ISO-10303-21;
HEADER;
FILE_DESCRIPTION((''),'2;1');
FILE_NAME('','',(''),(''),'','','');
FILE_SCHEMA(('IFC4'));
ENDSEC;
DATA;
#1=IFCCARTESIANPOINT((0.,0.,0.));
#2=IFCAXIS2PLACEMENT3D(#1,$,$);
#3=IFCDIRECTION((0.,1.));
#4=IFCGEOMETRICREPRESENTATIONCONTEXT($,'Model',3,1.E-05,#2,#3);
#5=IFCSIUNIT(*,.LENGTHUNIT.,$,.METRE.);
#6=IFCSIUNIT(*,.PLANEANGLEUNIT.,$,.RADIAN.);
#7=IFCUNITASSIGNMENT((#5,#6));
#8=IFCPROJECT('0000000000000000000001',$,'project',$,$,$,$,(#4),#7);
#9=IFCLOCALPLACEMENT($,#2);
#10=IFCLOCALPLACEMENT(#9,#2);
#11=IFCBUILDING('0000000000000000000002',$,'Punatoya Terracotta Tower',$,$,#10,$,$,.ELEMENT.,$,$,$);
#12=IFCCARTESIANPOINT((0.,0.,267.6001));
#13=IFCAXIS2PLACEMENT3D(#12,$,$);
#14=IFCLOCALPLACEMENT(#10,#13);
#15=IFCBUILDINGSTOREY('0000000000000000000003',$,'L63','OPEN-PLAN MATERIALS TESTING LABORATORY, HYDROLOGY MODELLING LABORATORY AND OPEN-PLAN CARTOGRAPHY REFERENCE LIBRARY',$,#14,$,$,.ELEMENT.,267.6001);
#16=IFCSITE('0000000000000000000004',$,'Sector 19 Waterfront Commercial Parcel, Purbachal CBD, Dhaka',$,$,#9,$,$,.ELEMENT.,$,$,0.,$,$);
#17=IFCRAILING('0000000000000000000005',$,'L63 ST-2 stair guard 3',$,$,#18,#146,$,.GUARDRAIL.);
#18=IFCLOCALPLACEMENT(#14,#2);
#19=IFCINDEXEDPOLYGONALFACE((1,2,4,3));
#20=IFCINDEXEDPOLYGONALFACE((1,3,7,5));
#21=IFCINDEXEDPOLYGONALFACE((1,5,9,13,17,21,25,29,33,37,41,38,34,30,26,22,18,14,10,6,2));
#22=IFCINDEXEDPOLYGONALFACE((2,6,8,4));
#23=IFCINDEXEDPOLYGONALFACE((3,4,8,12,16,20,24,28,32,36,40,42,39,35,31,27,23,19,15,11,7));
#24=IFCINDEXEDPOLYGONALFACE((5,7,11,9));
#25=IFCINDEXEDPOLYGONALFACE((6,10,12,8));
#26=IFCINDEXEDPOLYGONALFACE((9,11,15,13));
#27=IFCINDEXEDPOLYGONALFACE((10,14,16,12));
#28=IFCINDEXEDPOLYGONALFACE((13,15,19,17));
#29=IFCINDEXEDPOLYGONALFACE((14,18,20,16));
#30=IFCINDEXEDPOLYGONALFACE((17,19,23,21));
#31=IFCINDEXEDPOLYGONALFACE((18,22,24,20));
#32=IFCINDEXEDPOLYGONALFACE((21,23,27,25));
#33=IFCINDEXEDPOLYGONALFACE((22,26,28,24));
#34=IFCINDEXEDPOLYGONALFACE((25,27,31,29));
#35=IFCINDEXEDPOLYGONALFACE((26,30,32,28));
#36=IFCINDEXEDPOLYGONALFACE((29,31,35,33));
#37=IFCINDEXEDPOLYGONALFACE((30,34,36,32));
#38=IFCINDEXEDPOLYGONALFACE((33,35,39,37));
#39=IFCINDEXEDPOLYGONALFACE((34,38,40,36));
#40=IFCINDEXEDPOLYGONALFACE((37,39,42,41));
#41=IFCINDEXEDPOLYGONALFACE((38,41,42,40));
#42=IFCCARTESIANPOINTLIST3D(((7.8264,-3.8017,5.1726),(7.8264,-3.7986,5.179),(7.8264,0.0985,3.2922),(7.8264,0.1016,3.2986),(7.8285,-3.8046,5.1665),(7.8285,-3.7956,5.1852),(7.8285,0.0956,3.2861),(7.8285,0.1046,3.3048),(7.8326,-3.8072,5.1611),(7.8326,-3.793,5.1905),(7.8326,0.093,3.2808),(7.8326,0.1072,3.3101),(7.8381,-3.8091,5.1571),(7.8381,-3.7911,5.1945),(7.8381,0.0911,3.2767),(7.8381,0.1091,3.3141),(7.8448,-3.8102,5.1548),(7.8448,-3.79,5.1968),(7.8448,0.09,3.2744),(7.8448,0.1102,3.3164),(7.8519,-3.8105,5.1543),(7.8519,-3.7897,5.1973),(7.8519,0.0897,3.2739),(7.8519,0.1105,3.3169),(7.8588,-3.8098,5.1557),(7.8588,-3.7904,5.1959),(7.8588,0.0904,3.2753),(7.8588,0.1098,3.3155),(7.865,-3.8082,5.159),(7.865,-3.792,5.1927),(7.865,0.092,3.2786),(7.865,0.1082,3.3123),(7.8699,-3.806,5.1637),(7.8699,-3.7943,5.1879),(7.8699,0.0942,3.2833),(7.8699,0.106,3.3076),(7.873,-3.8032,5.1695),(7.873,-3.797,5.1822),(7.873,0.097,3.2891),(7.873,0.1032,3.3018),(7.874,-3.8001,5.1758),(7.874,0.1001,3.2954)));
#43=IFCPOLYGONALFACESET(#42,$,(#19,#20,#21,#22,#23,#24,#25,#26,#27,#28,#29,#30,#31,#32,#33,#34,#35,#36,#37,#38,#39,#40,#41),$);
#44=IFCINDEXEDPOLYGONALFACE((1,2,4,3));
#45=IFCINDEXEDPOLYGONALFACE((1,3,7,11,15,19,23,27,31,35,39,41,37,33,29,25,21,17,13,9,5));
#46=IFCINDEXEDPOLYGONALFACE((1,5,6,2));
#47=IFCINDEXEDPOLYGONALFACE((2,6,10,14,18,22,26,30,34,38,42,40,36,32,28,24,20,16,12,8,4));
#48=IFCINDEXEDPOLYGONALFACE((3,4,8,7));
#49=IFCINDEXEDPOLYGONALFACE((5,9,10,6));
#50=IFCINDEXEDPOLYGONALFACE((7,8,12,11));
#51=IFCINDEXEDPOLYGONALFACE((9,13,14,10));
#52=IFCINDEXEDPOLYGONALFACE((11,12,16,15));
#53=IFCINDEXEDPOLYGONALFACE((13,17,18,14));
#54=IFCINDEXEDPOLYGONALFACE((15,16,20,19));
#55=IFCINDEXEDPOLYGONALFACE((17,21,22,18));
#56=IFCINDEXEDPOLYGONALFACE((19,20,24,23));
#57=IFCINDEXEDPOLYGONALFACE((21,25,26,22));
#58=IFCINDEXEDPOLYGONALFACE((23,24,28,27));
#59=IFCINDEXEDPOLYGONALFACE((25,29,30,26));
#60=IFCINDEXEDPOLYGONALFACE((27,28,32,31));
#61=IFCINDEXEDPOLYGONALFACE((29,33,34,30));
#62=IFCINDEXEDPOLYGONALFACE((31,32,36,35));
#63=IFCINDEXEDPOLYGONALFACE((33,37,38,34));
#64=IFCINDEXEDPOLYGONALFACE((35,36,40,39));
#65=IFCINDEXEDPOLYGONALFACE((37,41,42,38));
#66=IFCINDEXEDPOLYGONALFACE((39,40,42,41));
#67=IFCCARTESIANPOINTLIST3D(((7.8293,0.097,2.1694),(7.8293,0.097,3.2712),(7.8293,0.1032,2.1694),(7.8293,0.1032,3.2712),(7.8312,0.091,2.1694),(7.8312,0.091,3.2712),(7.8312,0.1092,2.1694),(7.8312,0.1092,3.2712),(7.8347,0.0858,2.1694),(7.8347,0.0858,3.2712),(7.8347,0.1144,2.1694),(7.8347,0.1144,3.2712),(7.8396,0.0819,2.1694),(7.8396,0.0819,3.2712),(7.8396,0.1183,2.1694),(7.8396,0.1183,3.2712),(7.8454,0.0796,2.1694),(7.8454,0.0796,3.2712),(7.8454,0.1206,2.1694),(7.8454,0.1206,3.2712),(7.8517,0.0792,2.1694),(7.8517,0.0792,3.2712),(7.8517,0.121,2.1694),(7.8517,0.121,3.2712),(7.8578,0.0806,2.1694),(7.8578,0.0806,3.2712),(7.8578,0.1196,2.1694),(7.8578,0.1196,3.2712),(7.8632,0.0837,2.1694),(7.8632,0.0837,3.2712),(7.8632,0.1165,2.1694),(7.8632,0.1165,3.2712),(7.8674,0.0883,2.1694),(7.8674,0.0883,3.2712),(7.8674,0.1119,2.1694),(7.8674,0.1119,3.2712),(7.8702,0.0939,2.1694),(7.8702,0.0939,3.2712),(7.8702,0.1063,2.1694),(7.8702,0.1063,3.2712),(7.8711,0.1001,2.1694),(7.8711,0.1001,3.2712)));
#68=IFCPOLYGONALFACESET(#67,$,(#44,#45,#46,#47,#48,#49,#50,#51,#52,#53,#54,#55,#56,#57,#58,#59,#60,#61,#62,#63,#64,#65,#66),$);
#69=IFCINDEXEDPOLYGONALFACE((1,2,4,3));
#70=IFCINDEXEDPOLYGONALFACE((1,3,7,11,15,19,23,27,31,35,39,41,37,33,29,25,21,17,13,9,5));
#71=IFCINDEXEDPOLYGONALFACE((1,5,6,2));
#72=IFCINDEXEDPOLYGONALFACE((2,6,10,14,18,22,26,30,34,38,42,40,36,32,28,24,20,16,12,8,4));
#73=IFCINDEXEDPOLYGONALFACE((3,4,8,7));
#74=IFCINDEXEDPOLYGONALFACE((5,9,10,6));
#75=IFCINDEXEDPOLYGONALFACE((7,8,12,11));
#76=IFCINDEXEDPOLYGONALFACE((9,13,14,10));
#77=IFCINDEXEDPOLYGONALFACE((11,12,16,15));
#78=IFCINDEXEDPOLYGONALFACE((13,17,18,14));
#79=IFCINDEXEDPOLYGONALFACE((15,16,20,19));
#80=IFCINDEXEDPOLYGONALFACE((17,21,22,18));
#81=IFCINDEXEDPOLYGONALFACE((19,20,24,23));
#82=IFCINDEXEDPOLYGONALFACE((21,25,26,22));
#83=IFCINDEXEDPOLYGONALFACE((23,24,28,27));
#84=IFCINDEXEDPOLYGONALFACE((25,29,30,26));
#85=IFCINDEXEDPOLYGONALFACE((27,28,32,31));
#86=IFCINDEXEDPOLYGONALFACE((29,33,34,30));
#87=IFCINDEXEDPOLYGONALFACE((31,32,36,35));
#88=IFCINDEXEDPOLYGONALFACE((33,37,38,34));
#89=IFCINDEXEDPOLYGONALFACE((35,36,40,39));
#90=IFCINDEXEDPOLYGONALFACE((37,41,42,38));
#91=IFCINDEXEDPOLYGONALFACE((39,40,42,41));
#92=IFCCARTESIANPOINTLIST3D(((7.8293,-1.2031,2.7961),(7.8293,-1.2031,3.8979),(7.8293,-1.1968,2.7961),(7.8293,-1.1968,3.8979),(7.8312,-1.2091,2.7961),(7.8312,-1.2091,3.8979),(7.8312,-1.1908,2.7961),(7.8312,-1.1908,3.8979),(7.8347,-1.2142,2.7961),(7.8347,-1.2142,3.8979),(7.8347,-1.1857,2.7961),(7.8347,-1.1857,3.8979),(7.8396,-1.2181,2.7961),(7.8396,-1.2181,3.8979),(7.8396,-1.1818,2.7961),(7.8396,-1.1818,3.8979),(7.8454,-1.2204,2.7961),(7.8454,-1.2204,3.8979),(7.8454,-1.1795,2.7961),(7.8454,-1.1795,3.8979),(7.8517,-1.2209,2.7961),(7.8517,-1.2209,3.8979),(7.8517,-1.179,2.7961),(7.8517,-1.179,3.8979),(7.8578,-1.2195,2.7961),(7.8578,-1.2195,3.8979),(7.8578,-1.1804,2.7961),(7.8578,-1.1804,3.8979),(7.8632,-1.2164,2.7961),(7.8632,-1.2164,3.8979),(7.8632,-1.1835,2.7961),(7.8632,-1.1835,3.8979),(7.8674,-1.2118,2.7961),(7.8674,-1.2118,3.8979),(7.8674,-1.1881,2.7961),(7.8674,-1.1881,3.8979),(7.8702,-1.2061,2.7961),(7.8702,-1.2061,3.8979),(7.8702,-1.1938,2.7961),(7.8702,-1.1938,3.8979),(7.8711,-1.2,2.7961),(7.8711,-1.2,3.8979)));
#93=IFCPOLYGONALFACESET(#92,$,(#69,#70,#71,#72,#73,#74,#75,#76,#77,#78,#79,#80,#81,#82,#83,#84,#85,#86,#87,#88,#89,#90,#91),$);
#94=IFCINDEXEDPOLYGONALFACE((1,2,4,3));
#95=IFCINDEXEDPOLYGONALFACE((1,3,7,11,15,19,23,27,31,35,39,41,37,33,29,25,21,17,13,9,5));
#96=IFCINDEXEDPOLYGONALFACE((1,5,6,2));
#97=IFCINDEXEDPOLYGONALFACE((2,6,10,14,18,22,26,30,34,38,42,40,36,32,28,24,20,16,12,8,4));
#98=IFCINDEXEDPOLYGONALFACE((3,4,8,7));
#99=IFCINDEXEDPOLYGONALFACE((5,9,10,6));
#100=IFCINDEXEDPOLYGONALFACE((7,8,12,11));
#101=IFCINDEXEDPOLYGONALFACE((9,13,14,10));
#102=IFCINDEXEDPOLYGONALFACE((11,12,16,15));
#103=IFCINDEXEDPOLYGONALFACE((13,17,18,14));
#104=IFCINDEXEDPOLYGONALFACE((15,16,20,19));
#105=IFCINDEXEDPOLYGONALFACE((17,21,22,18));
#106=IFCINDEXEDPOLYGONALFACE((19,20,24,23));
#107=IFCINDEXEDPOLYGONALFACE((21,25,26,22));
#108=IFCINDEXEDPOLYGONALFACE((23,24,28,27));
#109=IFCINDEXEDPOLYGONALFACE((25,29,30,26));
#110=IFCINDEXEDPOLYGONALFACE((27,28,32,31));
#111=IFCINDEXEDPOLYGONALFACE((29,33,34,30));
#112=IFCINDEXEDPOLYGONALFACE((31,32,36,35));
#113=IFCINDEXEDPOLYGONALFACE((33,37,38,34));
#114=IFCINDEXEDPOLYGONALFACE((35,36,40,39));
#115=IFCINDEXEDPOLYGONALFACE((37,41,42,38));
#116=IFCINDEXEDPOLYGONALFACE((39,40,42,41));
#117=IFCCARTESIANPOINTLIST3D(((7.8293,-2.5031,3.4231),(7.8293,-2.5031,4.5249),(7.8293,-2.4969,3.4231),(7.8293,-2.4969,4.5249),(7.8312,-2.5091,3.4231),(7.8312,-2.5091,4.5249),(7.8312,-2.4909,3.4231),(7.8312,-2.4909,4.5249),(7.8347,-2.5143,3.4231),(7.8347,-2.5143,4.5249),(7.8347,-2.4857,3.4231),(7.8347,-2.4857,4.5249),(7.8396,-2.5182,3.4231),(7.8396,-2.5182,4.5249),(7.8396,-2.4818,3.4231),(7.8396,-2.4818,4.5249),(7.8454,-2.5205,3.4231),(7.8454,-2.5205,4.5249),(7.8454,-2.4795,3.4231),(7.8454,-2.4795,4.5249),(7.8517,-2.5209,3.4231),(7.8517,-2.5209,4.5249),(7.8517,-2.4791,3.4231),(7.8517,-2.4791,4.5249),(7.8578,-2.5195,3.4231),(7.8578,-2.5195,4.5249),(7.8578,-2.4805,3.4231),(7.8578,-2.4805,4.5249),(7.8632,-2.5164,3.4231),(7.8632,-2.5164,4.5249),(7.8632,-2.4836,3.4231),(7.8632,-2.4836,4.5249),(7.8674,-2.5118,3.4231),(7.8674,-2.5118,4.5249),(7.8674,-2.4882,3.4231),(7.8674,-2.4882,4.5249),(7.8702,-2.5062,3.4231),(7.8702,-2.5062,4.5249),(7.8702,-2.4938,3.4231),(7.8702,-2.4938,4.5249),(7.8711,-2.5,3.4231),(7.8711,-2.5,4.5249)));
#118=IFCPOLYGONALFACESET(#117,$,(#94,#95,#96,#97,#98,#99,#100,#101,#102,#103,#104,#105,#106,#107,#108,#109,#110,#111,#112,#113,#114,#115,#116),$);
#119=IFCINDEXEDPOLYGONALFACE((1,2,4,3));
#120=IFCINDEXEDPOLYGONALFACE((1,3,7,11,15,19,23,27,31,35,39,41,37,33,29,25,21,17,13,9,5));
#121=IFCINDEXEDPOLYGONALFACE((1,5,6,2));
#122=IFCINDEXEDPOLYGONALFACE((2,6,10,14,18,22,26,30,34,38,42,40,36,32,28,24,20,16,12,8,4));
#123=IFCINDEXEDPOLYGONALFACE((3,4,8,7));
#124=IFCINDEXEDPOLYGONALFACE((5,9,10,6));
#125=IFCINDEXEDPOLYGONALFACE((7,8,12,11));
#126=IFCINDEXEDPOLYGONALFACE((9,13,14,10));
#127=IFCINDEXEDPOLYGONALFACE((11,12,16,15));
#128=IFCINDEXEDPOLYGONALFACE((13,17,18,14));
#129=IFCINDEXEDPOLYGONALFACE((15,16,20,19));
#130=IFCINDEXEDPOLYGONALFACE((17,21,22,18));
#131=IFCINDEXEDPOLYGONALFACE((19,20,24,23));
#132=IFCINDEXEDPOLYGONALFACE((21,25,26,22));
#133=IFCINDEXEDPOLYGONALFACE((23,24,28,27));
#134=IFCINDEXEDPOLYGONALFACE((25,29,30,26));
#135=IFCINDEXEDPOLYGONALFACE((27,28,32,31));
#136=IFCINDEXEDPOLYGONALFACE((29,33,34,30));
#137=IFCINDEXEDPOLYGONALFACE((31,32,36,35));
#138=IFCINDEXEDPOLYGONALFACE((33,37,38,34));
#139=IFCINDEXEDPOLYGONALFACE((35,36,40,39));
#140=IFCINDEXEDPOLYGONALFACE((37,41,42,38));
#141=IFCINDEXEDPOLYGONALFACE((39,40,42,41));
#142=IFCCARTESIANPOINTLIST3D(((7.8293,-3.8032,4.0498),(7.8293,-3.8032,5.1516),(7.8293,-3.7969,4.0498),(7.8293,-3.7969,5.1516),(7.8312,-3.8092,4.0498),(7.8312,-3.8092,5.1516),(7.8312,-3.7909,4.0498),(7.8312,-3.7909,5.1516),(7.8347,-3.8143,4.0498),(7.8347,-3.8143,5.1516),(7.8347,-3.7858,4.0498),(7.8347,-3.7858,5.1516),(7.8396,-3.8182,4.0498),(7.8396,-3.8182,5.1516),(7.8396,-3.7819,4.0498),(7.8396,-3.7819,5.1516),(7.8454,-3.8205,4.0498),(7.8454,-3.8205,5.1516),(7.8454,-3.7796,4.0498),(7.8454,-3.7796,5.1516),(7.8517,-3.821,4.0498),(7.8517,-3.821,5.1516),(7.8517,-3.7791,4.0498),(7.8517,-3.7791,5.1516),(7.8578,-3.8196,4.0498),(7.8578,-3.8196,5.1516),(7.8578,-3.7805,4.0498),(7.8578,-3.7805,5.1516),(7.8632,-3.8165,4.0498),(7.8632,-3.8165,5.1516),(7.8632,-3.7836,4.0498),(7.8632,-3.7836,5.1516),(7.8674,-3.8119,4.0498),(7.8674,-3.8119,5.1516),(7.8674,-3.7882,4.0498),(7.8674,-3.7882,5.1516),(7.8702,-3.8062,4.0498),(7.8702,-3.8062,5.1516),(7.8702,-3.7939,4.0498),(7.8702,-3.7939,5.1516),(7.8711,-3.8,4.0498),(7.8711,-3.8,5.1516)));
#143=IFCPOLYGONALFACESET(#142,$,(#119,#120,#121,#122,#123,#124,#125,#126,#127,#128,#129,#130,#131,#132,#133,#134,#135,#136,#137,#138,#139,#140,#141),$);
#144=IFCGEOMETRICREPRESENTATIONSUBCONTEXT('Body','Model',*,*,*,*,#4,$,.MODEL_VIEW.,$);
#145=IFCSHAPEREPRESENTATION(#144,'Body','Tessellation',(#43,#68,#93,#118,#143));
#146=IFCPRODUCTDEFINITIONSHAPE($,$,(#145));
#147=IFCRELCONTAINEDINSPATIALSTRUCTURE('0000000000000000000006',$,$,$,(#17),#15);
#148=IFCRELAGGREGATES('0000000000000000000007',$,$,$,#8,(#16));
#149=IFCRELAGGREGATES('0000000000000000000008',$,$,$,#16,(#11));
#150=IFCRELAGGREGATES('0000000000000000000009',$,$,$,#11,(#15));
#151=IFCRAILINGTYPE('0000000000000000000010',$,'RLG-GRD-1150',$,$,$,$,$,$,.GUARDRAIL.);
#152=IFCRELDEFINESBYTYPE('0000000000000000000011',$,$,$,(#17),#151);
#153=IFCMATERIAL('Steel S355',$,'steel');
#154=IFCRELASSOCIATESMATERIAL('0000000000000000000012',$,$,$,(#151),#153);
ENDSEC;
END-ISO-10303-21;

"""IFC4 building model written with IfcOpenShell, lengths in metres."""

from ifc_helpers import new_model, si_unit, direction, frame, origin, origin_2d, place, context, subcontext, project, spatial, circle, extrude, material, type_object, element, save


model = new_model("IFC4")

# Units and contexts
model_context = context("Model", 3, precision=1e-05, world=origin(), true_north=direction((0.0, 1.0)))
body_context = subcontext(model_context, "Body", "Model", "MODEL_VIEW")
ifc_project = project(units=[si_unit("LENGTHUNIT", "METRE"), si_unit("PLANEANGLEUNIT", "RADIAN")], contexts=[model_context])

# Site, building, storey
site_placement = place(None, origin())
site = spatial("IfcSite", under=ifc_project, at=site_placement, Name="Sector 19 Waterfront Commercial Parcel, Purbachal CBD, Dhaka", CompositionType="ELEMENT", RefElevation=0.0)
building_placement = place(site_placement, origin())
building = spatial("IfcBuilding", under=site, at=building_placement, Name="Punatoya Terracotta Tower", CompositionType="ELEMENT")
storey_placement = place(building_placement, frame((0.0, 0.0, 267.6001)))
storey = spatial("IfcBuildingStorey", under=building, at=storey_placement, Name="L63", Description="OPEN-PLAN MATERIALS TESTING LABORATORY, HYDROLOGY MODELLING LABORATORY AND OPEN-PLAN CARTOGRAPHY REFERENCE LIBRARY", CompositionType="ELEMENT", Elevation=267.6001)

# Shared definitions
ifc_material_1 = material(Name="Steel S355", Category="steel")

# Railing
railing_type_1 = type_object("IfcRailingType", Name="RLG-GRD-1150", PredefinedType="GUARDRAIL", material=ifc_material_1)
railing_1_placement = place(storey_placement, frame((7.8501, 0.1001, 2.1694)))
element("IfcRailing", 1, at=railing_1_placement, inside=storey, type_object=railing_type_1, Name="L63 ST-2 stair guard 3", PredefinedType="GUARDRAIL", context=body_context, shape_type="SweptSolid", body=[
    extrude(circle(Radius=0.0239, at=origin_2d()), frame((0.0, 0.0, 1.126), z_axis=(0.0, -0.900774, 0.434289), x_axis=(1.0, 0.0, 0.0)), (0.0, 0.0, 1.0), 4.3298),
    extrude(circle(Radius=0.021, at=origin_2d()), origin(), (0.0, 0.0, 1.0), 1.1018),
    extrude(circle(Radius=0.021, at=origin_2d()), frame((0.0, -1.3, 0.6267)), (0.0, 0.0, 1.0), 1.1018),
    extrude(circle(Radius=0.021, at=origin_2d()), frame((0.0, -2.6001, 1.2537)), (0.0, 0.0, 1.0), 1.1018),
    extrude(circle(Radius=0.021, at=origin_2d()), frame((0.0, -3.9001, 1.8804)), (0.0, 0.0, 1.0), 1.1018),
])

save(model, "model.ifc")
